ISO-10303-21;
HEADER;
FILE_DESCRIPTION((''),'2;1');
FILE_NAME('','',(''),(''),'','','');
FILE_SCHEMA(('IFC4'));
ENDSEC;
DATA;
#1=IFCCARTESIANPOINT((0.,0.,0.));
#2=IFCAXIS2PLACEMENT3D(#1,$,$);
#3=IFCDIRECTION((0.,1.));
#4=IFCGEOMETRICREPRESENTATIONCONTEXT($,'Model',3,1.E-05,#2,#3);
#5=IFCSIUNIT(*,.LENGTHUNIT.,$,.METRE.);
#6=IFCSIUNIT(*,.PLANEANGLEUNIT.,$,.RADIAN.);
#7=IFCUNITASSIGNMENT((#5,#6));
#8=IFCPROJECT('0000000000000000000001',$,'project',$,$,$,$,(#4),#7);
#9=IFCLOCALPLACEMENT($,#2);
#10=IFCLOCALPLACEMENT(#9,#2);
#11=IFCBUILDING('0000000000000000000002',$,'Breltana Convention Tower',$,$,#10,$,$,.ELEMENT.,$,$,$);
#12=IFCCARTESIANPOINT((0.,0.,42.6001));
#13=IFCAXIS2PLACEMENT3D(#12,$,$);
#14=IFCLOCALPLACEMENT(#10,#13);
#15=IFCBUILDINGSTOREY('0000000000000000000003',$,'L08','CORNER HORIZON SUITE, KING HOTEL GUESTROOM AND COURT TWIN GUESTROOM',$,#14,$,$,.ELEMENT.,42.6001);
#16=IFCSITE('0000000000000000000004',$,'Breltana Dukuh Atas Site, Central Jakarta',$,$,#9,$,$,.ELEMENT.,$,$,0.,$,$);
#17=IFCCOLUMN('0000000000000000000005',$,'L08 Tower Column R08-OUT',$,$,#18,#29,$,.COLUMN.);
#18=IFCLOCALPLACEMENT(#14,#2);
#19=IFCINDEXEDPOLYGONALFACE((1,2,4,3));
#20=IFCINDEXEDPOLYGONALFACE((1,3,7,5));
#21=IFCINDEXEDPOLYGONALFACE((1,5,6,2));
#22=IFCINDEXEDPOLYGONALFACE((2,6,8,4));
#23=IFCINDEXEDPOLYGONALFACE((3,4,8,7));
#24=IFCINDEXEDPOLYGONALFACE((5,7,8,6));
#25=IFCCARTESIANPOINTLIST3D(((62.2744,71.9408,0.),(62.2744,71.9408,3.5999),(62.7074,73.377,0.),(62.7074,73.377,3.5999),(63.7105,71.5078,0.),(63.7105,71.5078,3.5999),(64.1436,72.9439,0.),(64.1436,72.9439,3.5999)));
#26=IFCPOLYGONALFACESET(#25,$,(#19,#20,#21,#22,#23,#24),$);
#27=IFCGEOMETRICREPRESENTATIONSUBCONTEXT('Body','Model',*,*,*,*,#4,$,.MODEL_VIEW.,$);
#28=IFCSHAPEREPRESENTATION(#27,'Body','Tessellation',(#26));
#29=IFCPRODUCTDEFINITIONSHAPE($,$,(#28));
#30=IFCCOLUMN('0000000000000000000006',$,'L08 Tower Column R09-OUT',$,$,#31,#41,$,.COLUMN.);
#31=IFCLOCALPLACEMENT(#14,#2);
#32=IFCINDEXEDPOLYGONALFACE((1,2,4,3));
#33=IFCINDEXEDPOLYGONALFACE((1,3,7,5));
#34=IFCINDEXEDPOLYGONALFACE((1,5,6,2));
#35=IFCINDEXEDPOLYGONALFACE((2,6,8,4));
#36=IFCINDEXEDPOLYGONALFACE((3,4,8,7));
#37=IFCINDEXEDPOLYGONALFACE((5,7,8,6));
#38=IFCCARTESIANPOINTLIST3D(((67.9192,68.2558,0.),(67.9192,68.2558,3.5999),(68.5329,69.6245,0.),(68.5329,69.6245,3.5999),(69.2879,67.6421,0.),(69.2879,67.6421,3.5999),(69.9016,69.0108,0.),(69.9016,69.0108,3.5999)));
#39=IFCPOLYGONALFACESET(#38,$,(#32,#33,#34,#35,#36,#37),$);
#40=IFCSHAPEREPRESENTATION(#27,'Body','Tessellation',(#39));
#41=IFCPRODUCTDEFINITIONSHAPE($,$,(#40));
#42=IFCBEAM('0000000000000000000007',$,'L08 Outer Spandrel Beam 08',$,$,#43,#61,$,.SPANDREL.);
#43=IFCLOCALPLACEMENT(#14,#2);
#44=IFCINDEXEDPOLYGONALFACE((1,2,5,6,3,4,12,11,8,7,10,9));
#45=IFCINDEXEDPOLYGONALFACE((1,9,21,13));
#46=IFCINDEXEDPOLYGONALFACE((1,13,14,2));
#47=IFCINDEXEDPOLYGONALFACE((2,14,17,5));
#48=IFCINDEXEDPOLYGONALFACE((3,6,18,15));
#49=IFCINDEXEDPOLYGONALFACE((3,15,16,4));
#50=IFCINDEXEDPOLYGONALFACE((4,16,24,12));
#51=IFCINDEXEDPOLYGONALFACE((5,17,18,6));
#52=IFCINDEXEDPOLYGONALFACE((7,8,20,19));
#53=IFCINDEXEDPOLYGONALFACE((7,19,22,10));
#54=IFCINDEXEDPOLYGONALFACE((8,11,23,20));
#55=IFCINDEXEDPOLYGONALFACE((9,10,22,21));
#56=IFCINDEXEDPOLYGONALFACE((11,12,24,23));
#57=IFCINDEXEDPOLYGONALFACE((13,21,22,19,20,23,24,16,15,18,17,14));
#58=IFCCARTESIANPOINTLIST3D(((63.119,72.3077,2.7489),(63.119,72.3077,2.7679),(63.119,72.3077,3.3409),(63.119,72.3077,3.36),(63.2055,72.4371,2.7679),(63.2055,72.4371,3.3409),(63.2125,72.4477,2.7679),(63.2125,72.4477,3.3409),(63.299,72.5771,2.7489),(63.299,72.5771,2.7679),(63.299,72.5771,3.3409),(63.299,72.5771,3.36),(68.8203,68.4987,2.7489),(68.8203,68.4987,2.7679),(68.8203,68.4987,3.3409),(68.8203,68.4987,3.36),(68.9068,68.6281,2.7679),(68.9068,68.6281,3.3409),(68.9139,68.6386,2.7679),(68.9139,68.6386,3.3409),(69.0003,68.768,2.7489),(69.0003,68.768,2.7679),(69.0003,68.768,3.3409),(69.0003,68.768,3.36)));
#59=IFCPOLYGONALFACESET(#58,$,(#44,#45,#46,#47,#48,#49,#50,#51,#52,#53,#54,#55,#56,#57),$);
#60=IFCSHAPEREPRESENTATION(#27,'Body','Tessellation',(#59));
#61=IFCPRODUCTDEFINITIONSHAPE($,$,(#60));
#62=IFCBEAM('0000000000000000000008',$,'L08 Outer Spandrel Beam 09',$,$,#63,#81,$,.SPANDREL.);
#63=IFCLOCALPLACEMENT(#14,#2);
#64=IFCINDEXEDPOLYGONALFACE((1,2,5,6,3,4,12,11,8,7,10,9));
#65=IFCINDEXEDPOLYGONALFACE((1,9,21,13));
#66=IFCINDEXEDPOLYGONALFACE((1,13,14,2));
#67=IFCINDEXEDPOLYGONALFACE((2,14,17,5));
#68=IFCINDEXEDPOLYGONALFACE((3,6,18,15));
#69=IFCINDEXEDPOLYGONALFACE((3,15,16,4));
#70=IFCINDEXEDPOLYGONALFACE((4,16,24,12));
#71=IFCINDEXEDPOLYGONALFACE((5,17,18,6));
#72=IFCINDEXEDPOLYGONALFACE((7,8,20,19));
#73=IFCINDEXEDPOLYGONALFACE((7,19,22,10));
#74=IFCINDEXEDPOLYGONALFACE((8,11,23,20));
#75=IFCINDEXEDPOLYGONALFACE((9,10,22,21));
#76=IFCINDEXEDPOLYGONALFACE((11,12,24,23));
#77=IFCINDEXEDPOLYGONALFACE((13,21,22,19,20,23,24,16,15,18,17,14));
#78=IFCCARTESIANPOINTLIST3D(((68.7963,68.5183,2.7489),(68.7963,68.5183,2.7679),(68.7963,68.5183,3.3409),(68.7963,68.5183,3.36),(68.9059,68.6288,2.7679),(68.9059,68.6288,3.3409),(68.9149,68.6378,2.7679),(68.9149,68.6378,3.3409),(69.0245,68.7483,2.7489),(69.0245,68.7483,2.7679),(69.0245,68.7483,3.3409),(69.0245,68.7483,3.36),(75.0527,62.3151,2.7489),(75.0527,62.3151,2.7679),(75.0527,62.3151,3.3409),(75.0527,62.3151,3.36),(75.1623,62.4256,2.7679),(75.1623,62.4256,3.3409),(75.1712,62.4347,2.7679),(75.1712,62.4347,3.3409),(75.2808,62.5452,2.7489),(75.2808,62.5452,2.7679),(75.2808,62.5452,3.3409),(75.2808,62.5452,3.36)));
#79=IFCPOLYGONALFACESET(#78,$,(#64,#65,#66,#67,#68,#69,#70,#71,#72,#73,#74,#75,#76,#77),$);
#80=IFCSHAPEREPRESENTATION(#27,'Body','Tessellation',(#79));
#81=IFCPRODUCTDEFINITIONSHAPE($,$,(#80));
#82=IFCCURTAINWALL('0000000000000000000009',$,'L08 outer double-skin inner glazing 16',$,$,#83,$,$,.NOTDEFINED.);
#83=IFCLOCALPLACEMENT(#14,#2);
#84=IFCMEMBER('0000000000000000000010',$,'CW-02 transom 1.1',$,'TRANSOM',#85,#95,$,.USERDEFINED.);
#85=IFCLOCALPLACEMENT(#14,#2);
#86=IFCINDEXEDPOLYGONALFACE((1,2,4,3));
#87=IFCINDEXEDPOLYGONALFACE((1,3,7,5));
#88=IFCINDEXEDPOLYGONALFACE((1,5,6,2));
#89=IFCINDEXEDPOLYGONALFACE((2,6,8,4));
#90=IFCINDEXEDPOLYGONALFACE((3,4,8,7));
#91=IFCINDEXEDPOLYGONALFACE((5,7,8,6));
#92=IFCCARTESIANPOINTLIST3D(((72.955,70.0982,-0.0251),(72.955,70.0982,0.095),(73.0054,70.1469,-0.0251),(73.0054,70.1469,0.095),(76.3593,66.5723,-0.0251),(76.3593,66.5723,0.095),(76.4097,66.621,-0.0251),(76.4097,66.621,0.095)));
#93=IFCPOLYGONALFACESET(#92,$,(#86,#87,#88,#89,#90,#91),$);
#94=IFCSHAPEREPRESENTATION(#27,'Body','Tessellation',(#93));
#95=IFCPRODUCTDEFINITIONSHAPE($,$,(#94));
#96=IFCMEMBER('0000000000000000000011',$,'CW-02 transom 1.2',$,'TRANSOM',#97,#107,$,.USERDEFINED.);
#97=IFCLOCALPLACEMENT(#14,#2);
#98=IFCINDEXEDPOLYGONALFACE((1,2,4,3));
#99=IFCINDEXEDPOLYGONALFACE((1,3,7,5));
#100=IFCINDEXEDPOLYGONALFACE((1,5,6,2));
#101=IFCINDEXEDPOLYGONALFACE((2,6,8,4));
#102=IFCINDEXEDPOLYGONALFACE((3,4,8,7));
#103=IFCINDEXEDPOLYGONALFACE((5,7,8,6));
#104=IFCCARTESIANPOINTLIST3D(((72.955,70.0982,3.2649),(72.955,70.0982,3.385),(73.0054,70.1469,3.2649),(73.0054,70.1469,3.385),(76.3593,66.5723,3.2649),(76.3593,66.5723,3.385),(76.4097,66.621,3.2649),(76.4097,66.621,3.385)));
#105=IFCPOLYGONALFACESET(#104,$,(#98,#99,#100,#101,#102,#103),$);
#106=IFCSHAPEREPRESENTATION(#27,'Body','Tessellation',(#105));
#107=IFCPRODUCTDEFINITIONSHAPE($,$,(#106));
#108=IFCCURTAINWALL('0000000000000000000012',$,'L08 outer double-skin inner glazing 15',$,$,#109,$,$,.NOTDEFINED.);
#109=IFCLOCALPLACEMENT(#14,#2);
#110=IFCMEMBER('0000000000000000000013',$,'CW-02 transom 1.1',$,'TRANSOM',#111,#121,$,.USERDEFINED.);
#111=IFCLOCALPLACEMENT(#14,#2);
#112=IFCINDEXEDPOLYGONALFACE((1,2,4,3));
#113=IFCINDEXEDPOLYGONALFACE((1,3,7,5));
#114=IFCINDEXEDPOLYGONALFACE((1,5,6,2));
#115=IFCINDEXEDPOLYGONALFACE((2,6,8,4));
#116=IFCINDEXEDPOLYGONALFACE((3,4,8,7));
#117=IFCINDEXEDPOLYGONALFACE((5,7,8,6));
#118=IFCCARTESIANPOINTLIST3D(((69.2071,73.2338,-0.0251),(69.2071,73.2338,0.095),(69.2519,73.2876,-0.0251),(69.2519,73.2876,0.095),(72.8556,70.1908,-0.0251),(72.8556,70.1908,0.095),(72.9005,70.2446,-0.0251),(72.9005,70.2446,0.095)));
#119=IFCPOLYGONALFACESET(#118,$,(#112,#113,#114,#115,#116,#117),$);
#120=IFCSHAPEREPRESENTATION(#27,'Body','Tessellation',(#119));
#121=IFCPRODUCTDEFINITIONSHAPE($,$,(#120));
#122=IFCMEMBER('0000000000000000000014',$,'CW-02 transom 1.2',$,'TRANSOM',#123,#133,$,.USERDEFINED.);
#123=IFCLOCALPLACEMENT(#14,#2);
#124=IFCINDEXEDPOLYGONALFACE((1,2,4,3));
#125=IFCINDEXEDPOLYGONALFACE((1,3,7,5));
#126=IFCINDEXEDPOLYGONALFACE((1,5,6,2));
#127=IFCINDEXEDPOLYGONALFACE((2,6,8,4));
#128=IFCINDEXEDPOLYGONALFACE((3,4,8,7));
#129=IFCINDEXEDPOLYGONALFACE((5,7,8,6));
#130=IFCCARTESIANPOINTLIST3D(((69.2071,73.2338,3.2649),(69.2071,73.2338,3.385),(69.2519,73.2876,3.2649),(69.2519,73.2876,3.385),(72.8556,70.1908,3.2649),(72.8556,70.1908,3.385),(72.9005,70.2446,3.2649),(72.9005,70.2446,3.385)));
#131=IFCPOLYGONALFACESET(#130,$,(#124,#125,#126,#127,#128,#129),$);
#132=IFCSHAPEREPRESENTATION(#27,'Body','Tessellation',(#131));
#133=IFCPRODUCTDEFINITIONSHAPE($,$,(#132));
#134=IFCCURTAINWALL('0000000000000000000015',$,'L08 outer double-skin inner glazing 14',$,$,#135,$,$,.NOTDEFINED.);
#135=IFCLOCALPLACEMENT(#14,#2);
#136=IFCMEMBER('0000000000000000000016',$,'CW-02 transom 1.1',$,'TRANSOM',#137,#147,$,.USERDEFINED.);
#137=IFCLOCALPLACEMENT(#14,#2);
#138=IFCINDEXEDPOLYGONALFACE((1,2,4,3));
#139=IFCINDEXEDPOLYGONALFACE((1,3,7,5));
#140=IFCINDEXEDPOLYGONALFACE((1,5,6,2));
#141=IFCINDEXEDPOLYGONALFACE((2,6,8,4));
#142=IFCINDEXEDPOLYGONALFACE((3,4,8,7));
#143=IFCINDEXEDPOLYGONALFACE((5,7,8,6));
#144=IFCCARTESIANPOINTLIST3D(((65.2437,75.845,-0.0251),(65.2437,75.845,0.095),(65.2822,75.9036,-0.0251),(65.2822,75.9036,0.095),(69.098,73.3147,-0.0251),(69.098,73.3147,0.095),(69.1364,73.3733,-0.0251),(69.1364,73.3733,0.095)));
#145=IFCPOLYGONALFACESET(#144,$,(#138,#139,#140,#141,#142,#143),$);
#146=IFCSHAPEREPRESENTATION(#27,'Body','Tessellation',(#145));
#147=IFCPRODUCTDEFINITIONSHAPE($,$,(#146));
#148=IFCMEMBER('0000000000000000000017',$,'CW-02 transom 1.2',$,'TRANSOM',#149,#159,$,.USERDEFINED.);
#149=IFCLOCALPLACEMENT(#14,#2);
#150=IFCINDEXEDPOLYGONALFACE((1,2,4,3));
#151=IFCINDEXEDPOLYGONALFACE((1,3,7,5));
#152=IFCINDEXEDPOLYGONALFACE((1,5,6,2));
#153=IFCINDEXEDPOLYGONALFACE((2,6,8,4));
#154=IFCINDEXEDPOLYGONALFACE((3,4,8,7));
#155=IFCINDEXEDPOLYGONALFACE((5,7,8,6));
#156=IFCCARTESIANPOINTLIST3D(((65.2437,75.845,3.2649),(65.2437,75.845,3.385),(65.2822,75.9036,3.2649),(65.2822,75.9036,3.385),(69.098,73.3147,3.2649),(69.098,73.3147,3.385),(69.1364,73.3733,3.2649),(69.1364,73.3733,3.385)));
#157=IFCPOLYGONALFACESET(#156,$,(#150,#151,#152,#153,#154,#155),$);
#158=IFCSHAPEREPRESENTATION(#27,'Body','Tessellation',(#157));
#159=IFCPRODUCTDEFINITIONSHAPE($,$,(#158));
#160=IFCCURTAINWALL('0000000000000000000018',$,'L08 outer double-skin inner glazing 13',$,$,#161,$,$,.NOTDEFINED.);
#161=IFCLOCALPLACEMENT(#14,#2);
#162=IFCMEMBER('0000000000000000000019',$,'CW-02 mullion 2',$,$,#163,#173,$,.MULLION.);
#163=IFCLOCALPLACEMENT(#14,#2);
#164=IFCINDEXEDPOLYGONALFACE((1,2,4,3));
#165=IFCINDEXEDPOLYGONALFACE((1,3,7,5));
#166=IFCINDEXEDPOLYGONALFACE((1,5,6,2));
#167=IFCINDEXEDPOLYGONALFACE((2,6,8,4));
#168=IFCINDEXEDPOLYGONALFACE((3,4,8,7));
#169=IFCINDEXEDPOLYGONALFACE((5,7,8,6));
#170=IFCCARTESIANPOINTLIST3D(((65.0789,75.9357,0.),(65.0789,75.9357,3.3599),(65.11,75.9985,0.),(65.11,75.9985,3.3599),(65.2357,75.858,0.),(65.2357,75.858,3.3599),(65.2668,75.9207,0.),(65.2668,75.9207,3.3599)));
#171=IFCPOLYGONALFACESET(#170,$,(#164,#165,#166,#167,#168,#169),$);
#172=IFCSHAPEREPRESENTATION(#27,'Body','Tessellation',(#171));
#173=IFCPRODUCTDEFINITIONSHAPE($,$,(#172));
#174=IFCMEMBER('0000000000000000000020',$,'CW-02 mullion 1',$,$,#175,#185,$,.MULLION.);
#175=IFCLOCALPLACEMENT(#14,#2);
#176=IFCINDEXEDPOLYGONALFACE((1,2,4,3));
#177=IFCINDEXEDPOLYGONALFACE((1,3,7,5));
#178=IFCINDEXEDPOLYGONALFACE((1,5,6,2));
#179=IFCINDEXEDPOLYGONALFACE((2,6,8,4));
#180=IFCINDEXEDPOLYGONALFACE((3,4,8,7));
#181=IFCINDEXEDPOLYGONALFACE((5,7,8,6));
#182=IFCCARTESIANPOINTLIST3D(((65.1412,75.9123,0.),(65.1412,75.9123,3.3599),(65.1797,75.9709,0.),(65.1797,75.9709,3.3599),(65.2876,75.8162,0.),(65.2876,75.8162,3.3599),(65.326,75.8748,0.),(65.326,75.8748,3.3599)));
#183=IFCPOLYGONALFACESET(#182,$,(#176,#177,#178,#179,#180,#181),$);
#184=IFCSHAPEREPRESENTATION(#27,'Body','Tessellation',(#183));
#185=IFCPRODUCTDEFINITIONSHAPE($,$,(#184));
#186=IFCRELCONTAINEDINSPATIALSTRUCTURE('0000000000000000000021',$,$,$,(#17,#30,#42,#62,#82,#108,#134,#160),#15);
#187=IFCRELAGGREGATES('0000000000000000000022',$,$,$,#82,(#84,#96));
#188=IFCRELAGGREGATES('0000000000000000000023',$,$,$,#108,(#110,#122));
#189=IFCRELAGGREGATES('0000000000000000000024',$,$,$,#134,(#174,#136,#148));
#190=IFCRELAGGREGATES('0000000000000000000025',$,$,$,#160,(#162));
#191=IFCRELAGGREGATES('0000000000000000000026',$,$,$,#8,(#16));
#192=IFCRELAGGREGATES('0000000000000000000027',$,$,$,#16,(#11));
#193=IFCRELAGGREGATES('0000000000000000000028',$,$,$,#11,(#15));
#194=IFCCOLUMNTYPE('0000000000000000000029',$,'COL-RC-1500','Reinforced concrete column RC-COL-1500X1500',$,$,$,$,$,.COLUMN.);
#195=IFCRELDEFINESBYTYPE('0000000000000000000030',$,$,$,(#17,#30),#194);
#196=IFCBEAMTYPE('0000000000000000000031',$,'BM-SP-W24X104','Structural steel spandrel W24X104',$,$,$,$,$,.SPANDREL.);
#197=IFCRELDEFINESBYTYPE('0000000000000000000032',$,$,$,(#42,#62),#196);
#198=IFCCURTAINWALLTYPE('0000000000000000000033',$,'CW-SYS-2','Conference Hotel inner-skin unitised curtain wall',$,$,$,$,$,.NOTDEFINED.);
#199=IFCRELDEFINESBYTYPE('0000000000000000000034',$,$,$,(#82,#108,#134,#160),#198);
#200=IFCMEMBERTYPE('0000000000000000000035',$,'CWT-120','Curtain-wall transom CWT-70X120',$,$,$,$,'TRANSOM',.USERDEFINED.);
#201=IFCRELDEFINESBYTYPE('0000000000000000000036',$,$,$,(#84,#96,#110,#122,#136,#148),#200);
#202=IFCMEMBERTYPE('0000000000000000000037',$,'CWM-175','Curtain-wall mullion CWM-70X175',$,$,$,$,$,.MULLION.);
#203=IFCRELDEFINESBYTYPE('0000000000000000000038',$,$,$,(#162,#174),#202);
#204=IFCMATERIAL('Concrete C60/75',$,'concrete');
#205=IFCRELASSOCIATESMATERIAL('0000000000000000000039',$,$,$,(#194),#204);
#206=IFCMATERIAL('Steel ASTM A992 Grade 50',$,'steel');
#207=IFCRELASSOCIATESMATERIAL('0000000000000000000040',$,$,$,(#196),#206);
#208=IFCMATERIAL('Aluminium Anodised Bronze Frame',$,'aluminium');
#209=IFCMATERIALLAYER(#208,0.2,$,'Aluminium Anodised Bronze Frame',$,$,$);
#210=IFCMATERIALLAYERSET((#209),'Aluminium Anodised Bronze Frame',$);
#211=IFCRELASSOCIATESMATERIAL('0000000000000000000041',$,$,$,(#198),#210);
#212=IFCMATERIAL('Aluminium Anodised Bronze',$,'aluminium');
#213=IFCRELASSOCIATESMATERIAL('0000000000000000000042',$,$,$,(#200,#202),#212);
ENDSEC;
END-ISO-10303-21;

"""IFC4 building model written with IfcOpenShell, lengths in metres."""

from ifc_helpers import new_model, si_unit, direction, frame, origin, origin_2d, place, context, subcontext, project, spatial, rectangle, i_section, extrude, source, transform, mapped, material, layer, layer_set, material_profile, profile_set, type_object, element, aggregate, save


model = new_model("IFC4")

# Units and contexts
model_context = context("Model", 3, precision=1e-05, world=origin(), true_north=direction((0.0, 1.0)))
body_context = subcontext(model_context, "Body", "Model", "MODEL_VIEW")
ifc_project = project(units=[si_unit("LENGTHUNIT", "METRE"), si_unit("PLANEANGLEUNIT", "RADIAN")], contexts=[model_context])

# Site, building, storey
site_placement = place(None, origin())
site = spatial("IfcSite", under=ifc_project, at=site_placement, Name="Breltana Dukuh Atas Site, Central Jakarta", CompositionType="ELEMENT", RefElevation=0.0)
building_placement = place(site_placement, origin())
building = spatial("IfcBuilding", under=site, at=building_placement, Name="Breltana Convention Tower", CompositionType="ELEMENT")
storey_placement = place(building_placement, frame((0.0, 0.0, 42.6001)))
storey = spatial("IfcBuildingStorey", under=building, at=storey_placement, Name="L08", Description="CORNER HORIZON SUITE, KING HOTEL GUESTROOM AND COURT TWIN GUESTROOM", CompositionType="ELEMENT", Elevation=42.6001)

# Columns
ifc_material_1 = material(Name="Concrete C60/75", Category="concrete")
ifc_material_profile_1 = material_profile(ifc_material_1, rectangle(XDim=1.5, YDim=1.5, at=origin_2d()), Name="RC-COL-1500X1500")
ifc_profile_set_1 = profile_set([ifc_material_profile_1], Name="Concrete C60/75")
column_type = type_object("IfcColumnType", Name="COL-RC-1500", Description="Reinforced concrete column RC-COL-1500X1500", PredefinedType="COLUMN", material=ifc_profile_set_1)
shared_shape_1 = source(origin(), body_context, "Body", "SweptSolid", [
    extrude(rectangle(XDim=1.5, YDim=1.5, at=origin_2d()), origin(), (0.0, 0.0, 1.0), 3.5999),
])
for number, where, z_axis, x_axis, name in (
    (1, (63.209, 72.4424, 0.0), (0.0, 0.0, 1.0), (0.288698, 0.95742, 0.0), "L08 Tower Column R08-OUT"),
    (2, (68.9104, 68.6333, 0.0), (0.0, 0.0, 1.0), (0.409127, 0.912477, 0.0), "L08 Tower Column R09-OUT"),
):
    element("IfcColumn", number, at=place(storey_placement, frame(where, z_axis=z_axis, x_axis=x_axis)), inside=storey, type_object=column_type, Name=name, PredefinedType="COLUMN", context=body_context, shape_type="MappedRepresentation", body=[
        mapped(shared_shape_1, transform((0.0, 0.0, 0.0), scale=1.0)),
    ])

# Beams
ifc_material_2 = material(Name="Steel ASTM A992 Grade 50", Category="steel")
ifc_material_profile_2 = material_profile(ifc_material_2, i_section(OverallWidth=0.324, OverallDepth=0.6111, WebThickness=0.0127, FlangeThickness=0.019, at=origin_2d()), Name="W24X104")
ifc_profile_set_2 = profile_set([ifc_material_profile_2], Name="Steel ASTM A992 Grade 50")
beam_type = type_object("IfcBeamType", Name="BM-SP-W24X104", Description="Structural steel spandrel W24X104", PredefinedType="SPANDREL", material=ifc_profile_set_2)
shared_shape_2 = source(origin(), body_context, "Body", "SweptSolid", [
    extrude(i_section(OverallWidth=0.324, OverallDepth=0.6111, WebThickness=0.0127, FlangeThickness=0.019, at=origin_2d()), origin(), (0.0, 0.0, 1.0), 6.8567),
])
beam_1_placement = place(storey_placement, frame((63.209, 72.4424, 3.0544), z_axis=(0.831502, -0.555522, 0.0), x_axis=(0.555522, 0.831502, 0.0)))
element("IfcBeam", 3, at=beam_1_placement, inside=storey, type_object=beam_type, Name="L08 Outer Spandrel Beam 08", PredefinedType="SPANDREL", context=body_context, shape_type="MappedRepresentation", body=[
    mapped(shared_shape_2, transform((0.0, 0.0, 0.0), scale=1.0)),
])
shared_shape_3 = source(origin(), body_context, "Body", "SweptSolid", [
    extrude(i_section(OverallWidth=0.324, OverallDepth=0.6111, WebThickness=0.0127, FlangeThickness=0.019, at=origin_2d()), origin(), (0.0, 0.0, 1.0), 8.8103),
])
beam_2_placement = place(storey_placement, frame((68.9104, 68.6333, 3.0544), z_axis=(0.710121, -0.70408, 0.0), x_axis=(0.70408, 0.710121, 0.0)))
element("IfcBeam", 4, at=beam_2_placement, inside=storey, type_object=beam_type, Name="L08 Outer Spandrel Beam 09", PredefinedType="SPANDREL", context=body_context, shape_type="MappedRepresentation", body=[
    mapped(shared_shape_3, transform((0.0, 0.0, 0.0), scale=1.0)),
])

# Curtain walls, members
ifc_material_3 = material(Name="Aluminium Anodised Bronze Frame", Category="aluminium")
ifc_layer_1 = layer(ifc_material_3, 0.2, Name="Aluminium Anodised Bronze Frame")
ifc_layer_set_1 = layer_set([ifc_layer_1], Name="Aluminium Anodised Bronze Frame")
curtain_wall_type = type_object("IfcCurtainWallType", Name="CW-SYS-2", Description="Conference Hotel inner-skin unitised curtain wall", PredefinedType="NOTDEFINED", material=ifc_layer_set_1)
curtain_wall_1_placement = place(storey_placement, origin())
curtain_wall_1 = element("IfcCurtainWall", 5, at=curtain_wall_1_placement, inside=storey, type_object=curtain_wall_type, Name="L08 outer double-skin inner glazing 16", PredefinedType="NOTDEFINED")
ifc_material_4 = material(Name="Aluminium Anodised Bronze", Category="aluminium")
ifc_material_profile_3 = material_profile(ifc_material_4, rectangle(XDim=0.0701, YDim=0.1201, at=origin_2d()), Name="CWT-70X120")
ifc_profile_set_3 = profile_set([ifc_material_profile_3], Name="Aluminium Anodised Bronze")
member_type_1 = type_object("IfcMemberType", Name="CWT-120", Description="Curtain-wall transom CWT-70X120", ElementType="TRANSOM", PredefinedType="USERDEFINED", material=ifc_profile_set_3)
shared_shape_4 = source(origin(), body_context, "Body", "SweptSolid", [
    extrude(rectangle(XDim=0.0701, YDim=0.1201, at=origin_2d()), origin(), (0.0, 0.0, 1.0), 4.9011),
])
member_1_placement = place(storey_placement, frame((72.9802, 70.1226, 0.0349), z_axis=(0.694595, -0.719401, 0.0), x_axis=(0.719401, 0.694595, 0.0)))
member_1 = element("IfcMember", 6, at=member_1_placement, type_object=member_type_1, Name="CW-02 transom 1.1", ObjectType="TRANSOM", PredefinedType="USERDEFINED", context=body_context, shape_type="MappedRepresentation", body=[
    mapped(shared_shape_4, transform((0.0, 0.0, 0.0), scale=1.0)),
])
member_2_placement = place(storey_placement, frame((72.9802, 70.1226, 3.325), z_axis=(0.694595, -0.719401, 0.0), x_axis=(0.719401, 0.694595, 0.0)))
member_2 = element("IfcMember", 7, at=member_2_placement, type_object=member_type_1, Name="CW-02 transom 1.2", ObjectType="TRANSOM", PredefinedType="USERDEFINED", context=body_context, shape_type="MappedRepresentation", body=[
    mapped(shared_shape_4, transform((0.0, 0.0, 0.0), scale=1.0)),
])
curtain_wall_2_placement = place(storey_placement, origin())
curtain_wall_2 = element("IfcCurtainWall", 8, at=curtain_wall_2_placement, inside=storey, type_object=curtain_wall_type, Name="L08 outer double-skin inner glazing 15", PredefinedType="NOTDEFINED")
shared_shape_5 = source(origin(), body_context, "Body", "SweptSolid", [
    extrude(rectangle(XDim=0.0701, YDim=0.1201, at=origin_2d()), origin(), (0.0, 0.0, 1.0), 4.751),
])
member_3_placement = place(storey_placement, frame((69.2295, 73.2607, 0.0349), z_axis=(0.767952, -0.640508, 0.0), x_axis=(0.640508, 0.767952, 0.0)))
member_3 = element("IfcMember", 9, at=member_3_placement, type_object=member_type_1, Name="CW-02 transom 1.1", ObjectType="TRANSOM", PredefinedType="USERDEFINED", context=body_context, shape_type="MappedRepresentation", body=[
    mapped(shared_shape_5, transform((0.0, 0.0, 0.0), scale=1.0)),
])
member_4_placement = place(storey_placement, frame((69.2295, 73.2607, 3.325), z_axis=(0.767952, -0.640508, 0.0), x_axis=(0.640508, 0.767952, 0.0)))
member_4 = element("IfcMember", 10, at=member_4_placement, type_object=member_type_1, Name="CW-02 transom 1.2", ObjectType="TRANSOM", PredefinedType="USERDEFINED", context=body_context, shape_type="MappedRepresentation", body=[
    mapped(shared_shape_5, transform((0.0, 0.0, 0.0), scale=1.0)),
])
curtain_wall_3_placement = place(storey_placement, origin())
curtain_wall_3 = element("IfcCurtainWall", 11, at=curtain_wall_3_placement, inside=storey, type_object=curtain_wall_type, Name="L08 outer double-skin inner glazing 14", PredefinedType="NOTDEFINED")
shared_shape_6 = source(origin(), body_context, "Body", "SweptSolid", [
    extrude(rectangle(XDim=0.0701, YDim=0.1201, at=origin_2d()), origin(), (0.0, 0.0, 1.0), 4.6106),
])
member_5_placement = place(storey_placement, frame((65.2629, 75.8743, 0.0349), z_axis=(0.835956, -0.548796, 0.0), x_axis=(0.548796, 0.835956, 0.0)))
member_5 = element("IfcMember", 12, at=member_5_placement, type_object=member_type_1, Name="CW-02 transom 1.1", ObjectType="TRANSOM", PredefinedType="USERDEFINED", context=body_context, shape_type="MappedRepresentation", body=[
    mapped(shared_shape_6, transform((0.0, 0.0, 0.0), scale=1.0)),
])
member_6_placement = place(storey_placement, frame((65.2629, 75.8743, 3.325), z_axis=(0.835956, -0.548796, 0.0), x_axis=(0.548796, 0.835956, 0.0)))
member_6 = element("IfcMember", 13, at=member_6_placement, type_object=member_type_1, Name="CW-02 transom 1.2", ObjectType="TRANSOM", PredefinedType="USERDEFINED", context=body_context, shape_type="MappedRepresentation", body=[
    mapped(shared_shape_6, transform((0.0, 0.0, 0.0), scale=1.0)),
])

# Curtain wall, member
curtain_wall_4_placement = place(storey_placement, origin())
curtain_wall_4 = element("IfcCurtainWall", 14, at=curtain_wall_4_placement, inside=storey, type_object=curtain_wall_type, Name="L08 outer double-skin inner glazing 13", PredefinedType="NOTDEFINED")
ifc_material_profile_4 = material_profile(ifc_material_4, rectangle(XDim=0.0701, YDim=0.175, at=origin_2d()), Name="CWM-70X175")
ifc_profile_set_4 = profile_set([ifc_material_profile_4], Name="Aluminium Anodised Bronze")
member_type_2 = type_object("IfcMemberType", Name="CWM-175", Description="Curtain-wall mullion CWM-70X175", PredefinedType="MULLION", material=ifc_profile_set_4)
shared_shape_7 = source(origin(), body_context, "Body", "SweptSolid", [
    extrude(rectangle(XDim=0.0701, YDim=0.175, at=origin_2d()), origin(), (0.0, 0.0, 1.0), 3.3599),
])
member_7_placement = place(storey_placement, frame((65.1729, 75.9282, 0.0), z_axis=(0.0, 0.0, 1.0), x_axis=(0.444108, 0.895973, 0.0)))
member_7 = element("IfcMember", 15, at=member_7_placement, type_object=member_type_2, Name="CW-02 mullion 2", PredefinedType="MULLION", context=body_context, shape_type="MappedRepresentation", body=[
    mapped(shared_shape_7, transform((0.0, 0.0, 0.0), scale=1.0)),
])

# Member
member_8_placement = place(storey_placement, frame((65.2336, 75.8936, 0.0), z_axis=(0.0, 0.0, 1.0), x_axis=(0.548784, 0.835964, 0.0)))
member_8 = element("IfcMember", 16, at=member_8_placement, type_object=member_type_2, Name="CW-02 mullion 1", PredefinedType="MULLION", context=body_context, shape_type="MappedRepresentation", body=[
    mapped(shared_shape_7, transform((0.0, 0.0, 0.0), scale=1.0)),
])

aggregate(curtain_wall_1, [member_1, member_2])
aggregate(curtain_wall_2, [member_3, member_4])
aggregate(curtain_wall_3, [member_8, member_5, member_6])
aggregate(curtain_wall_4, [member_7])

save(model, "model.ifc")
